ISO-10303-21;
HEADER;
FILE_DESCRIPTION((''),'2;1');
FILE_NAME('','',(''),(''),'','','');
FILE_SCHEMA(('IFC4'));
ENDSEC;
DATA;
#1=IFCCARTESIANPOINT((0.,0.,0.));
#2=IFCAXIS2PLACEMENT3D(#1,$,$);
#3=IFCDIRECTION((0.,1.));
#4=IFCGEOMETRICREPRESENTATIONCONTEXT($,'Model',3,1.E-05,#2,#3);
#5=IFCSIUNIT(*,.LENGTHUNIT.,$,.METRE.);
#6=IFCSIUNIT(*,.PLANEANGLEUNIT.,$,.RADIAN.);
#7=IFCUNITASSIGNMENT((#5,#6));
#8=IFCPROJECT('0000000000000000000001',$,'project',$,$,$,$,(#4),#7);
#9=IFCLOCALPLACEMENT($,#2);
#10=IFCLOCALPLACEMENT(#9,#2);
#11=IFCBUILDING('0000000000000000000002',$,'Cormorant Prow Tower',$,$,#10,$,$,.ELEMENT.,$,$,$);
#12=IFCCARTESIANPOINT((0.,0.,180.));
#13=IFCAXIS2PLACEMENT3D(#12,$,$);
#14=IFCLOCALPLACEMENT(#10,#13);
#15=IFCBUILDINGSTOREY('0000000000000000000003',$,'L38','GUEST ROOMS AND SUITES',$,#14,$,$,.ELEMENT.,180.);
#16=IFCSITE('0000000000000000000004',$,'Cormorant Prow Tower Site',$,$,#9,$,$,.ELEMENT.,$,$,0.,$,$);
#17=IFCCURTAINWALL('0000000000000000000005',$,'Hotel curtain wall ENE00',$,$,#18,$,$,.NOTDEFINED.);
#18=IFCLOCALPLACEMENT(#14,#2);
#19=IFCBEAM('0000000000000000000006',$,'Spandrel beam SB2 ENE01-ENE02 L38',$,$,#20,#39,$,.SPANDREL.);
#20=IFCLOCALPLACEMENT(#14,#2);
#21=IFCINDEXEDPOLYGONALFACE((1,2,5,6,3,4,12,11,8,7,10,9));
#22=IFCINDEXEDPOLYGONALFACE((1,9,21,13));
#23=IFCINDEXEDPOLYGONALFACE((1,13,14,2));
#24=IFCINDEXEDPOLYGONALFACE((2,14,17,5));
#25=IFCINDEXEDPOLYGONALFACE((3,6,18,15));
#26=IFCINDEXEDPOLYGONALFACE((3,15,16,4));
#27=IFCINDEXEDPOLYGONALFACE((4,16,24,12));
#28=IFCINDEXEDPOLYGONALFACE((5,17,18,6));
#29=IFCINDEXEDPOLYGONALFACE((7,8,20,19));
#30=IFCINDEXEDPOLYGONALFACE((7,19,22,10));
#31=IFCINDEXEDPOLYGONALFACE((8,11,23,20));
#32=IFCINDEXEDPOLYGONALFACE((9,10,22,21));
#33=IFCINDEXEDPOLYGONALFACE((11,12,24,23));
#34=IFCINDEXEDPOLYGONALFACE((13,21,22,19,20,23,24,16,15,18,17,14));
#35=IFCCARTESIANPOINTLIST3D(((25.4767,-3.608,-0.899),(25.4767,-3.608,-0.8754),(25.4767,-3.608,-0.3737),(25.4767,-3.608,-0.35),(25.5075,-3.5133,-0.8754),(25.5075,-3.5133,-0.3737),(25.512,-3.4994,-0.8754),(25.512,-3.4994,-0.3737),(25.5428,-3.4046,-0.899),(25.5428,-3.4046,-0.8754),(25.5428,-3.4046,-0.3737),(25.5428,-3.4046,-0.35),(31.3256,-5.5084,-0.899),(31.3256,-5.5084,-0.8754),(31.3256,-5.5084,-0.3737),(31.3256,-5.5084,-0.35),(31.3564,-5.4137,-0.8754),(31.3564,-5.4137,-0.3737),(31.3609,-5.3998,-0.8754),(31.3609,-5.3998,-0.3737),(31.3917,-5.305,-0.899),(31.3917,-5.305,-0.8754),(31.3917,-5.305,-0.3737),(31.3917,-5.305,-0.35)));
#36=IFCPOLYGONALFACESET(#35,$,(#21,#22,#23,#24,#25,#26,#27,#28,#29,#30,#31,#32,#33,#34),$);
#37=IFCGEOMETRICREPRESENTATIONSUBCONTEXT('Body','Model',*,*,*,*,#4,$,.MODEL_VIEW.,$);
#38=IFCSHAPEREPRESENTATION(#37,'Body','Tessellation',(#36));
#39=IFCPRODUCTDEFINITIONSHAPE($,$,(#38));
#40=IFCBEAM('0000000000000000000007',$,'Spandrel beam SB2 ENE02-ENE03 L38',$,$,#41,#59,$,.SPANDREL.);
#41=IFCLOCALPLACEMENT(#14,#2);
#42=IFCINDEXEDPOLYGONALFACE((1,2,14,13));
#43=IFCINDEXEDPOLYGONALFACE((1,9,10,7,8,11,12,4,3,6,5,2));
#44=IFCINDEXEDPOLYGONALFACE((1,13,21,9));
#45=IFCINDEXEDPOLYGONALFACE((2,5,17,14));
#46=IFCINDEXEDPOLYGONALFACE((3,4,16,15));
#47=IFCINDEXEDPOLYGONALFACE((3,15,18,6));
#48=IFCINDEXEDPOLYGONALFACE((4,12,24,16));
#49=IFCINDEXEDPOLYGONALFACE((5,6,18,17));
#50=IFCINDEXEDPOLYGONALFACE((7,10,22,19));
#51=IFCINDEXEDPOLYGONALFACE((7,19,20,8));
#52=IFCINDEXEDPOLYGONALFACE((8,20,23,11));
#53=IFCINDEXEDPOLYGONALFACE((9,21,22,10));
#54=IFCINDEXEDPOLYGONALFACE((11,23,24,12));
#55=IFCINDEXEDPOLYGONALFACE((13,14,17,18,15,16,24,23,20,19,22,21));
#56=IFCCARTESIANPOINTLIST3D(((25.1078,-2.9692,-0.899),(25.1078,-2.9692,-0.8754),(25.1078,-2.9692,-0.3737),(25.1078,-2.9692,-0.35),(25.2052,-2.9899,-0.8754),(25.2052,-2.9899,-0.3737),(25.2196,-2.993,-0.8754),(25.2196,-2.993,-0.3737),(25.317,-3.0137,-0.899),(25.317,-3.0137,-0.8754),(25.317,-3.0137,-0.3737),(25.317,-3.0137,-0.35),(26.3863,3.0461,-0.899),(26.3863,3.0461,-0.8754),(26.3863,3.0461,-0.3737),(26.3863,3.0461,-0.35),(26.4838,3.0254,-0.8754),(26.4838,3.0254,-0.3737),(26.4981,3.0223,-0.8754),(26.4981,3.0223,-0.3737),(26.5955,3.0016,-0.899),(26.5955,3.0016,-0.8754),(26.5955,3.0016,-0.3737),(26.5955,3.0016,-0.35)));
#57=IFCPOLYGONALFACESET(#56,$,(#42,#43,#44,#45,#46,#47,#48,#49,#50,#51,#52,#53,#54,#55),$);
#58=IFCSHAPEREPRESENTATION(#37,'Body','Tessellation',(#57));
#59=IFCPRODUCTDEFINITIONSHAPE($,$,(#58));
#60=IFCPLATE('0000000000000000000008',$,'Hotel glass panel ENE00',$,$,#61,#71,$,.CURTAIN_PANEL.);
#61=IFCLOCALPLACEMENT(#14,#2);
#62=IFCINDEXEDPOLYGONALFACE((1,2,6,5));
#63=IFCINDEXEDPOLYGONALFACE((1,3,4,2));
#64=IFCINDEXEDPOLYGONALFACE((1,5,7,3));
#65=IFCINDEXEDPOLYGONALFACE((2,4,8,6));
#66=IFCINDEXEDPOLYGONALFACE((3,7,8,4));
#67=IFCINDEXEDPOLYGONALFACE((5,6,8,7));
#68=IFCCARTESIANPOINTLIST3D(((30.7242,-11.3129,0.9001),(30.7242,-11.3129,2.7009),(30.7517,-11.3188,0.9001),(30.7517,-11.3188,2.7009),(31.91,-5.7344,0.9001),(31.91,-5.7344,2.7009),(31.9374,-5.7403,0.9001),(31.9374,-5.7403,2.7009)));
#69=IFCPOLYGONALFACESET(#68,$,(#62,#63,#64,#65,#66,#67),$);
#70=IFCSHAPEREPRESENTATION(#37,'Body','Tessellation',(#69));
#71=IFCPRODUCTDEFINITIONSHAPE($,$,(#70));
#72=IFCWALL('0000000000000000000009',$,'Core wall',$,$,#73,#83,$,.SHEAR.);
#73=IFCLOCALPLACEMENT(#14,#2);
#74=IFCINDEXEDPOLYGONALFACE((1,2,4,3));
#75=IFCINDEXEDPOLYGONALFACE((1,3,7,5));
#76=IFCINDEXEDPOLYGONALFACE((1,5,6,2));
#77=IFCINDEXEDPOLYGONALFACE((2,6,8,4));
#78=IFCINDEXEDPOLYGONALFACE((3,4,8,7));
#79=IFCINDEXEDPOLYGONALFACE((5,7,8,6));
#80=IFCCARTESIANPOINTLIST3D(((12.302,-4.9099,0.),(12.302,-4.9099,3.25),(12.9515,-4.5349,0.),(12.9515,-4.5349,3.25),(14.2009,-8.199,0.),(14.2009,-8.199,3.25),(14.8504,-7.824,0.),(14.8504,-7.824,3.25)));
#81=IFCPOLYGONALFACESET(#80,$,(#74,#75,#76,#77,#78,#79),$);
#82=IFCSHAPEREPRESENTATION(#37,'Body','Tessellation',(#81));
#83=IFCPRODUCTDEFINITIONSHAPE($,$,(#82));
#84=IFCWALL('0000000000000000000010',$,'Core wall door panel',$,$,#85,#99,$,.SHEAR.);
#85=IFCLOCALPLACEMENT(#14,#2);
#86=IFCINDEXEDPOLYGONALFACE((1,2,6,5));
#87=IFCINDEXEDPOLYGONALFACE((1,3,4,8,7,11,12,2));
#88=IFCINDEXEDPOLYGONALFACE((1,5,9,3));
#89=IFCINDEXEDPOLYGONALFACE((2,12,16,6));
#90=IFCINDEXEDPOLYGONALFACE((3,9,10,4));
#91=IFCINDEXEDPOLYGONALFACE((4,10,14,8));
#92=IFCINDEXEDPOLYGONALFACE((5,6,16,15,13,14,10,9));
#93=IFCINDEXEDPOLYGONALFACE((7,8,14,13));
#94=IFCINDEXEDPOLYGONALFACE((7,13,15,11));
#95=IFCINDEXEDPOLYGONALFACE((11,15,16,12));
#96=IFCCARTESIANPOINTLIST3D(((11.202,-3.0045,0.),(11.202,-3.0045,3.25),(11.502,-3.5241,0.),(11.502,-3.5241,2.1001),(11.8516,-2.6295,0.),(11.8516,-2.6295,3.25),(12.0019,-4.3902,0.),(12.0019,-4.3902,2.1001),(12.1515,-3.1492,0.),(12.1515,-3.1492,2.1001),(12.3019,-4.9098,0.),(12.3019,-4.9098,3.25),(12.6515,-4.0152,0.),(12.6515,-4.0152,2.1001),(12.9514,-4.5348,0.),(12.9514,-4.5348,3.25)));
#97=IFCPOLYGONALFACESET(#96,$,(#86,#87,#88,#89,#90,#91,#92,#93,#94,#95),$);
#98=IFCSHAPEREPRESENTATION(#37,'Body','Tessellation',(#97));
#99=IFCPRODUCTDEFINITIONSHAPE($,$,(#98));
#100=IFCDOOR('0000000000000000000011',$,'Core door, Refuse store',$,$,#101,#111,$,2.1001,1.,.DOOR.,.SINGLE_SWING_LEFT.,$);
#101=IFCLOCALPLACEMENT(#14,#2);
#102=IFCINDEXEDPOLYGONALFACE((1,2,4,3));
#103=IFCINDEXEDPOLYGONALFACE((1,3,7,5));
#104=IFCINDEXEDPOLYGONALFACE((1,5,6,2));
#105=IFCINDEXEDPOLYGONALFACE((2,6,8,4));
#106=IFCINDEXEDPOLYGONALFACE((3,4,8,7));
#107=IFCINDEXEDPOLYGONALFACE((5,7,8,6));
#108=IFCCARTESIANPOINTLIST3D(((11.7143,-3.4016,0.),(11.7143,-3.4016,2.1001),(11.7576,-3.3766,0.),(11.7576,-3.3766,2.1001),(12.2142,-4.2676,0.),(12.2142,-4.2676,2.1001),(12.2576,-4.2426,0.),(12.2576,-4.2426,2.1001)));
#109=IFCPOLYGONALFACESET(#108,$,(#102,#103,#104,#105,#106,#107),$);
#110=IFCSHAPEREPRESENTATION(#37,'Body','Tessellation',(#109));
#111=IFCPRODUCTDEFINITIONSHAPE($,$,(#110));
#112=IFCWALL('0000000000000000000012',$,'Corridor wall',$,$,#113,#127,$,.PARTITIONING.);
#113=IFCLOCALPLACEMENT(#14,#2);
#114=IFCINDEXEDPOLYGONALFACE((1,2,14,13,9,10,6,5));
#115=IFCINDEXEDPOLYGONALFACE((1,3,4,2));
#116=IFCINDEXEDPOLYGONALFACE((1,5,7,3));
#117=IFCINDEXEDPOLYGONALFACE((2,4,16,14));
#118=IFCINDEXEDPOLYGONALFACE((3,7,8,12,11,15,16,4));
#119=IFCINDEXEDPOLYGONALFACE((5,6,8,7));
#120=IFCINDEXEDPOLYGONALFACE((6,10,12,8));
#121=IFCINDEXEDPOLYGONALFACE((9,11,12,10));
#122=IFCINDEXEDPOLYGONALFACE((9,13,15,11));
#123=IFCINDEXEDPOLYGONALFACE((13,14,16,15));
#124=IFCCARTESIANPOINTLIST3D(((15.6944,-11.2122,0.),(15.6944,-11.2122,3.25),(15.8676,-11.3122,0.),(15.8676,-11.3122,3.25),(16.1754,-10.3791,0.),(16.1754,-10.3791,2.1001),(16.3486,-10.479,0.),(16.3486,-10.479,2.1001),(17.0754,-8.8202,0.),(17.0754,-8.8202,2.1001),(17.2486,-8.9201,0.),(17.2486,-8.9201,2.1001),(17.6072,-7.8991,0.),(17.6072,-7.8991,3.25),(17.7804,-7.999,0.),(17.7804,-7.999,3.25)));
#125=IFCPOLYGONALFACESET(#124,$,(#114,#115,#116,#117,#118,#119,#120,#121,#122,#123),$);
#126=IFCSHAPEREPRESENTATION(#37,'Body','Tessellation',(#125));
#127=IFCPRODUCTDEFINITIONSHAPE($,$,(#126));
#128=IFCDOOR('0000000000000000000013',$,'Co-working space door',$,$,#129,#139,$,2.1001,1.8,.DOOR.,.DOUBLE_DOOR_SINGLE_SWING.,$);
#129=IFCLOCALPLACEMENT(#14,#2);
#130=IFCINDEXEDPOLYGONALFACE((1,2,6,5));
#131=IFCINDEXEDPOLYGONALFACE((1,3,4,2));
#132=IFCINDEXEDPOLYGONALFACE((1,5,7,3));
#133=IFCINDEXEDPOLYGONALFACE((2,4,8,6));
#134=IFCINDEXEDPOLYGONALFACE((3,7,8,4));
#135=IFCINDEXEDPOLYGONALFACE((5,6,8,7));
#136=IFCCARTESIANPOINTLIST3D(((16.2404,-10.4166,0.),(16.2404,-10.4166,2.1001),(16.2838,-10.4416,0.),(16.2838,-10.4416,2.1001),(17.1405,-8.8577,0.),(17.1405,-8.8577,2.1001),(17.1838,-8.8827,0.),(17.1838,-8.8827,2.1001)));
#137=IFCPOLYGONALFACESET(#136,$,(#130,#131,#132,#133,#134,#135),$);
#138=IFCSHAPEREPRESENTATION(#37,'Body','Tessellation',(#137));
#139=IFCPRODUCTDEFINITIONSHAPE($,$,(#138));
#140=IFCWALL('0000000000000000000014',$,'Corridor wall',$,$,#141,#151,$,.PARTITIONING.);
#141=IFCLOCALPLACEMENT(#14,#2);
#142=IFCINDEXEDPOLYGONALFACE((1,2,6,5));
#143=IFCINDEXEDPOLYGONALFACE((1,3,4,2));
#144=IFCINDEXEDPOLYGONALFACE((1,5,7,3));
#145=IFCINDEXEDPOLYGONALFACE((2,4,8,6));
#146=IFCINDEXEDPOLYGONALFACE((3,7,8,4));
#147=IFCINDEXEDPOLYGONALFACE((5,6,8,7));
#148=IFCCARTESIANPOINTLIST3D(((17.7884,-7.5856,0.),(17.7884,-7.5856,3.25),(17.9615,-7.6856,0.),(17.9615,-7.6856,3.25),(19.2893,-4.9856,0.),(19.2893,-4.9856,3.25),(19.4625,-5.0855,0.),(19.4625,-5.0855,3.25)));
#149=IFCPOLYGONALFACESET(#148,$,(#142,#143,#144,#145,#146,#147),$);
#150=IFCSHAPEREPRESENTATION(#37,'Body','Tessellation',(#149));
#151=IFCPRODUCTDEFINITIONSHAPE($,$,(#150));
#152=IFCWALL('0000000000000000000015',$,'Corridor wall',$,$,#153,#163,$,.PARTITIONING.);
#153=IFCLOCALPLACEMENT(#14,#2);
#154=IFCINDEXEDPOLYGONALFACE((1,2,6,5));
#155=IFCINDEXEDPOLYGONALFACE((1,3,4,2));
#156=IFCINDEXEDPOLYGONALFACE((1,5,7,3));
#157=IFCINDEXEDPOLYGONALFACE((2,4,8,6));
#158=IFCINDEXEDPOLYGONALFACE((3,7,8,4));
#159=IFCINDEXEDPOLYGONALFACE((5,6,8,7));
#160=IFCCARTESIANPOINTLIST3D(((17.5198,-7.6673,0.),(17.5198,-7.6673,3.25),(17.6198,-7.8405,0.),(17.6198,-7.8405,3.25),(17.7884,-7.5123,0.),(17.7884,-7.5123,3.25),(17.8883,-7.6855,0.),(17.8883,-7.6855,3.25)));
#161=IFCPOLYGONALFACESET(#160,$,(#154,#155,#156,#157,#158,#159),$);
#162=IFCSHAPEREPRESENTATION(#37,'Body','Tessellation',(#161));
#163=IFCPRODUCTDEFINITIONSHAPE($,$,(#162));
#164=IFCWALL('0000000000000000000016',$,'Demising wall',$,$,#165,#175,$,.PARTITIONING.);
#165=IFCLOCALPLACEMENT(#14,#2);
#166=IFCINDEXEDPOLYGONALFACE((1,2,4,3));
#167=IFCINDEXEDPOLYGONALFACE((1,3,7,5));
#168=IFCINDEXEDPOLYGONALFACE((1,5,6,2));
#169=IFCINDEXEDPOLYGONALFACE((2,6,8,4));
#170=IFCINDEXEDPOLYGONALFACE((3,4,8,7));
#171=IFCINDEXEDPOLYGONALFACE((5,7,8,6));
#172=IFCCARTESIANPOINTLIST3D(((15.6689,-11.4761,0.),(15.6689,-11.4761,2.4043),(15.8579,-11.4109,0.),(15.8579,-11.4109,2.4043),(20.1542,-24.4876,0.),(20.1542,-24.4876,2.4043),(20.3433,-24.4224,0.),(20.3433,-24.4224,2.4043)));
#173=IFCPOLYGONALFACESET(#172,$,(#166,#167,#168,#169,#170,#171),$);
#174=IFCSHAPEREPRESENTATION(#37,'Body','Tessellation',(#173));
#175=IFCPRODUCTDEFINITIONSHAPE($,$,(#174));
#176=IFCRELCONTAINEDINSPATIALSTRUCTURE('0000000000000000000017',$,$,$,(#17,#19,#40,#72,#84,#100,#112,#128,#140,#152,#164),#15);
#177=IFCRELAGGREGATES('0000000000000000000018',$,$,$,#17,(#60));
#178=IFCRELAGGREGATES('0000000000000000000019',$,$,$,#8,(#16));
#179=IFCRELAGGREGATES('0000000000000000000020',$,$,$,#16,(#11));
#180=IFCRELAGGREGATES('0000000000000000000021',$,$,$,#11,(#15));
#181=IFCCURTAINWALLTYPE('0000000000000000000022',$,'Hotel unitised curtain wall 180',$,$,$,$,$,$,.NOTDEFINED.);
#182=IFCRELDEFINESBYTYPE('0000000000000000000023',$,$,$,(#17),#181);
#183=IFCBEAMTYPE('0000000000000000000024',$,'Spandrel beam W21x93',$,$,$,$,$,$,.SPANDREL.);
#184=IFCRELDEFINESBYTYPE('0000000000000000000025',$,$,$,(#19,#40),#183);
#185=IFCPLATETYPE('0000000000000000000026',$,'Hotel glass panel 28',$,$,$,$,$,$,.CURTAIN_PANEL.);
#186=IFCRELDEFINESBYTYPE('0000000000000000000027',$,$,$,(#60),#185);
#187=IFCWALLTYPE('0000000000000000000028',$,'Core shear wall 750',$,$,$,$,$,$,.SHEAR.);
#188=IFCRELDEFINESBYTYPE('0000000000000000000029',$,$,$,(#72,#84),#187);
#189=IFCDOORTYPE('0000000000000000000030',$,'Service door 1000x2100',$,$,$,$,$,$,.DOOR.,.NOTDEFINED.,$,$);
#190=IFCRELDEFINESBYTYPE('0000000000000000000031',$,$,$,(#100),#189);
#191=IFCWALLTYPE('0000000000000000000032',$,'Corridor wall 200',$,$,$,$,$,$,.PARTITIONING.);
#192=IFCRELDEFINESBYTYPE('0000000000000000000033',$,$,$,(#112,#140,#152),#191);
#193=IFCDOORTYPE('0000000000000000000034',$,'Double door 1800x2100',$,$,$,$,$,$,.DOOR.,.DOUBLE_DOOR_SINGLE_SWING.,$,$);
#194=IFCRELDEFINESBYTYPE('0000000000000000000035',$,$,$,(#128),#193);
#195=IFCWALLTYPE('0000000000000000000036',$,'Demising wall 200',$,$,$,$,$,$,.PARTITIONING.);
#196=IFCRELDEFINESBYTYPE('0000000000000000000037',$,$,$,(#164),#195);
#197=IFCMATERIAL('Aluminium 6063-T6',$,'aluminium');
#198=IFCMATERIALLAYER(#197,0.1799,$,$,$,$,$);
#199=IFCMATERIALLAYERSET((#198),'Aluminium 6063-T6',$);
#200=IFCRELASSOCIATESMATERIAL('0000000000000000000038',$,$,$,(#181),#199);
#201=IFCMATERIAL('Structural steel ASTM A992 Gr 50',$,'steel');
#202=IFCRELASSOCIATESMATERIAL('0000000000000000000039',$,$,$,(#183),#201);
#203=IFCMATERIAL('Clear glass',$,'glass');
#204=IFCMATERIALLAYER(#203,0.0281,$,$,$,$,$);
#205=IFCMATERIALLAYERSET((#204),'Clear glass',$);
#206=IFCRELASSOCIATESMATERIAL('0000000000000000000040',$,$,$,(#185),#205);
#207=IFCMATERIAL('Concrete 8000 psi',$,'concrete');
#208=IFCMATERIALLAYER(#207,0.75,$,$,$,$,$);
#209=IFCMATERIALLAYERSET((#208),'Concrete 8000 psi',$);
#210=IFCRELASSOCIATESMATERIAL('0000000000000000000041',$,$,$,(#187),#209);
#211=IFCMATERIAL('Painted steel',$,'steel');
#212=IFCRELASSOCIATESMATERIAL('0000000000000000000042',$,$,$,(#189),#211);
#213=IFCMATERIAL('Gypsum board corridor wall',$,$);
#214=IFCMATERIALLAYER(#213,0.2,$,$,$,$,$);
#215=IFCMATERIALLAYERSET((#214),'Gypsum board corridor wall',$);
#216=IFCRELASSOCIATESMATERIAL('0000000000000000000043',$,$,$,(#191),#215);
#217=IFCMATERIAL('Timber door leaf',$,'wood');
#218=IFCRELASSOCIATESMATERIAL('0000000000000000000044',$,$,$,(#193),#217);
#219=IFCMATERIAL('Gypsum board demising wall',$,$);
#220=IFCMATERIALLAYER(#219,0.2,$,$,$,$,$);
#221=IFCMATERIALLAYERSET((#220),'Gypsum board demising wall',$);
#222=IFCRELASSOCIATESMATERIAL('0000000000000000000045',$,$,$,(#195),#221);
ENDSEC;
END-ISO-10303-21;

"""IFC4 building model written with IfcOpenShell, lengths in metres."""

from ifc_helpers import new_model, si_unit, direction, frame, frame_2d, origin, origin_2d, place, context, subcontext, project, spatial, rectangle, i_section, extrude, material, layer, layer_set, material_profile, profile_set, type_object, element, fill, aggregate, save


model = new_model("IFC4")

# Units and contexts
model_context = context("Model", 3, precision=1e-05, world=origin(), true_north=direction((0.0, 1.0)))
body_context = subcontext(model_context, "Body", "Model", "MODEL_VIEW")
ifc_project = project(units=[si_unit("LENGTHUNIT", "METRE"), si_unit("PLANEANGLEUNIT", "RADIAN")], contexts=[model_context])

# Site, building, storey
site_placement = place(None, origin())
site = spatial("IfcSite", under=ifc_project, at=site_placement, Name="Cormorant Prow Tower Site", CompositionType="ELEMENT", RefElevation=0.0)
building_placement = place(site_placement, origin())
building = spatial("IfcBuilding", under=site, at=building_placement, Name="Cormorant Prow Tower", CompositionType="ELEMENT")
storey_placement = place(building_placement, frame((0.0, 0.0, 180.0)))
storey = spatial("IfcBuildingStorey", under=building, at=storey_placement, Name="L38", Description="GUEST ROOMS AND SUITES", CompositionType="ELEMENT", Elevation=180.0)

# Curtain wall
ifc_material_1 = material(Name="Aluminium 6063-T6", Category="aluminium")
ifc_layer_1 = layer(ifc_material_1, 0.1799)
ifc_layer_set_1 = layer_set([ifc_layer_1], Name="Aluminium 6063-T6")
curtain_wall_type = type_object("IfcCurtainWallType", Name="Hotel unitised curtain wall 180", PredefinedType="NOTDEFINED", material=ifc_layer_set_1)
curtain_wall_1_placement = place(storey_placement, origin())
curtain_wall_1 = element("IfcCurtainWall", 1, at=curtain_wall_1_placement, inside=storey, type_object=curtain_wall_type, Name="Hotel curtain wall ENE00", PredefinedType="NOTDEFINED")

# Beams
ifc_material_2 = material(Name="Structural steel ASTM A992 Gr 50", Category="steel")
ifc_material_profile_1 = material_profile(ifc_material_2, i_section(OverallWidth=0.2139, OverallDepth=0.5491, WebThickness=0.0146, FlangeThickness=0.0237, at=origin_2d()), Name="W21x93")
ifc_profile_set_1 = profile_set([ifc_material_profile_1], Name="Structural steel ASTM A992 Gr 50")
beam_type_1 = type_object("IfcBeamType", Name="Spandrel beam W21x93", PredefinedType="SPANDREL", material=ifc_profile_set_1)
beam_1_placement = place(storey_placement, frame((31.3586, -5.4067, -0.6245), z_axis=(-0.951058, 0.309013, 0.0), x_axis=(-0.309013, -0.951058, 0.0)))
element("IfcBeam", 2, at=beam_1_placement, inside=storey, type_object=beam_type_1, Name="Spandrel beam SB2 ENE01-ENE02 L38", PredefinedType="SPANDREL", context=body_context, shape_type="SweptSolid", body=[
    extrude(i_section(OverallWidth=0.2139, OverallDepth=0.5491, WebThickness=0.0146, FlangeThickness=0.0237, at=origin_2d()), origin(), (0.0, 0.0, 1.0), 6.1499),
])
beam_2_placement = place(storey_placement, frame((25.2124, -2.9915, -0.6245), z_axis=(0.207905, 0.978149, 0.0), x_axis=(-0.978149, 0.207905, 0.0)))
element("IfcBeam", 3, at=beam_2_placement, inside=storey, type_object=beam_type_1, Name="Spandrel beam SB2 ENE02-ENE03 L38", PredefinedType="SPANDREL", context=body_context, shape_type="SweptSolid", body=[
    extrude(i_section(OverallWidth=0.2139, OverallDepth=0.5491, WebThickness=0.0146, FlangeThickness=0.0237, at=origin_2d()), origin(), (0.0, 0.0, 1.0), 6.1497),
])

# Plate
ifc_material_3 = material(Name="Clear glass", Category="glass")
ifc_layer_2 = layer(ifc_material_3, 0.0281)
ifc_layer_set_2 = layer_set([ifc_layer_2], Name="Clear glass")
plate_type = type_object("IfcPlateType", Name="Hotel glass panel 28", PredefinedType="CURTAIN_PANEL", material=ifc_layer_set_2)
plate_placement = place(storey_placement, frame((31.3308, -8.5266, 0.9001), z_axis=(0.0, 0.0, 1.0), x_axis=(0.207912, 0.978148, 0.0)))
plate = element("IfcPlate", 4, at=plate_placement, type_object=plate_type, Name="Hotel glass panel ENE00", PredefinedType="CURTAIN_PANEL", context=body_context, shape_type="SweptSolid", body=[
    extrude(rectangle(XDim=5.7031, YDim=0.0281, at=origin_2d()), origin(), (0.0, 0.0, 1.0), 1.8008),
])
aggregate(curtain_wall_1, [plate])

# Wall
ifc_material_4 = material(Name="Concrete 8000 psi", Category="concrete")
ifc_layer_3 = layer(ifc_material_4, 0.75)
ifc_layer_set_3 = layer_set([ifc_layer_3], Name="Concrete 8000 psi")
wall_type_1 = type_object("IfcWallType", Name="Core shear wall 750", PredefinedType="SHEAR", material=ifc_layer_set_3)
wall_1_placement = place(storey_placement, frame((14.5256, -8.0115, 0.0), z_axis=(0.0, 0.0, 1.0), x_axis=(-0.499997, 0.866027, 0.0)))
element("IfcWall", 5, at=wall_1_placement, inside=storey, type_object=wall_type_1, Name="Core wall", PredefinedType="SHEAR", context=body_context, shape_type="SweptSolid", body=[
    extrude(rectangle(XDim=3.7979, YDim=0.75, at=frame_2d((1.8989, 0.0))), origin(), (0.0, 0.0, 1.0), 3.25),
])

# Walls, openings, doors
wall_2_placement = place(storey_placement, frame((12.6267, -4.7224, 0.0), z_axis=(0.0, 0.0, 1.0), x_axis=(-0.499947, 0.866056, 0.0)))
wall_2 = element("IfcWall", 6, at=wall_2_placement, inside=storey, type_object=wall_type_1, Name="Core wall door panel", PredefinedType="SHEAR", context=body_context, shape_type="SweptSolid", body=[
    extrude(rectangle(XDim=2.2, YDim=0.75, at=frame_2d((1.1001, 0.0))), origin(), (0.0, 0.0, 1.0), 3.25),
])
opening_1_placement = place(wall_2_placement, frame((0.6001, 0.0, 0.0)))
opening_1 = element("IfcOpeningElement", 7, at=opening_1_placement, cuts=wall_2, PredefinedType="OPENING", context=body_context, shape_type="SweptSolid", body=[
    extrude(rectangle(XDim=1.0, YDim=2.1001, at=frame_2d((0.5, 1.05))), frame((0.0, 0.385, 0.0), z_axis=(0.0, -1.0, 0.0), x_axis=(1.0, 0.0, 0.0)), (0.0, 0.0, 1.0), 0.77),
])
ifc_material_5 = material(Name="Painted steel", Category="steel")
door_type_1 = type_object("IfcDoorType", Name="Service door 1000x2100", OperationType="NOTDEFINED", PredefinedType="DOOR", material=ifc_material_5)
door_1_placement = place(opening_1_placement, origin())
door_1 = element("IfcDoor", 8, at=door_1_placement, inside=storey, type_object=door_type_1, Name="Core door, Refuse store", OperationType="SINGLE_SWING_LEFT", OverallHeight=2.1001, OverallWidth=1.0, PredefinedType="DOOR", context=body_context, shape_type="SweptSolid", body=[
    extrude(rectangle(XDim=1.0, YDim=2.1001, at=frame_2d((0.5, 1.05))), frame((0.0, 0.1299, 0.0), z_axis=(0.0, -1.0, 0.0), x_axis=(1.0, 0.0, 0.0)), (0.0, 0.0, 1.0), 0.05),
])
fill(opening_1, door_1)
ifc_material_6 = material(Name="Gypsum board corridor wall")
ifc_layer_4 = layer(ifc_material_6, 0.2)
ifc_layer_set_4 = layer_set([ifc_layer_4], Name="Gypsum board corridor wall")
wall_type_2 = type_object("IfcWallType", Name="Corridor wall 200", PredefinedType="PARTITIONING", material=ifc_layer_set_4)
wall_3_placement = place(storey_placement, frame((15.781, -11.2622, 0.0), z_axis=(0.0, 0.0, 1.0), x_axis=(0.499989, 0.866031, 0.0)))
wall_3 = element("IfcWall", 9, at=wall_3_placement, inside=storey, type_object=wall_type_2, Name="Corridor wall", PredefinedType="PARTITIONING", context=body_context, shape_type="SweptSolid", body=[
    extrude(rectangle(XDim=3.8257, YDim=0.2, at=frame_2d((1.9128, 0.0))), origin(), (0.0, 0.0, 1.0), 3.25),
])
opening_2_placement = place(wall_3_placement, frame((0.9622, 0.0, 0.0)))
opening_2 = element("IfcOpeningElement", 10, at=opening_2_placement, cuts=wall_3, PredefinedType="OPENING", context=body_context, shape_type="SweptSolid", body=[
    extrude(rectangle(XDim=1.8, YDim=2.1001, at=frame_2d((0.8999, 1.05))), frame((0.0, 0.1099, 0.0), z_axis=(0.0, -1.0, 0.0), x_axis=(1.0, 0.0, 0.0)), (0.0, 0.0, 1.0), 0.22),
])
ifc_material_7 = material(Name="Timber door leaf", Category="wood")
door_type_2 = type_object("IfcDoorType", Name="Double door 1800x2100", OperationType="DOUBLE_DOOR_SINGLE_SWING", PredefinedType="DOOR", material=ifc_material_7)
door_2_placement = place(opening_2_placement, origin())
door_2 = element("IfcDoor", 11, at=door_2_placement, inside=storey, type_object=door_type_2, Name="Co-working space door", OperationType="DOUBLE_DOOR_SINGLE_SWING", OverallHeight=2.1001, OverallWidth=1.8, PredefinedType="DOOR", context=body_context, shape_type="SweptSolid", body=[
    extrude(rectangle(XDim=1.8, YDim=2.1001, at=frame_2d((0.8999, 1.05))), frame((0.0, 0.0249, 0.0), z_axis=(0.0, -1.0, 0.0), x_axis=(1.0, 0.0, 0.0)), (0.0, 0.0, 1.0), 0.05),
])
fill(opening_2, door_2)

# Walls
wall_4_placement = place(storey_placement, frame((17.875, -7.6355, 0.0), z_axis=(0.0, 0.0, 1.0), x_axis=(0.499952, 0.866053, 0.0)))
element("IfcWall", 12, at=wall_4_placement, inside=storey, type_object=wall_type_2, Name="Corridor wall", PredefinedType="PARTITIONING", context=body_context, shape_type="SweptSolid", body=[
    extrude(rectangle(XDim=3.0022, YDim=0.2, at=frame_2d((1.501, 0.0))), origin(), (0.0, 0.0, 1.0), 3.25),
])
wall_5_placement = place(storey_placement, frame((17.5698, -7.7539, 0.0), z_axis=(0.0, 0.0, 1.0), x_axis=(0.866054, 0.49995, 0.0)))
element("IfcWall", 13, at=wall_5_placement, inside=storey, type_object=wall_type_2, Name="Corridor wall", PredefinedType="PARTITIONING", context=body_context, shape_type="SweptSolid", body=[
    extrude(rectangle(XDim=0.3101, YDim=0.2, at=frame_2d((0.155, 0.0))), origin(), (0.0, 0.0, 1.0), 3.25),
])
ifc_material_8 = material(Name="Gypsum board demising wall")
ifc_layer_5 = layer(ifc_material_8, 0.2)
ifc_layer_set_5 = layer_set([ifc_layer_5], Name="Gypsum board demising wall")
wall_type_3 = type_object("IfcWallType", Name="Demising wall 200", PredefinedType="PARTITIONING", material=ifc_layer_set_5)
wall_6_placement = place(storey_placement, frame((15.7634, -11.4436, 0.0), z_axis=(0.0, 0.0, 1.0), x_axis=(0.325902, -0.945404, 0.0)))
element("IfcWall", 14, at=wall_6_placement, inside=storey, type_object=wall_type_3, Name="Demising wall", PredefinedType="PARTITIONING", context=body_context, shape_type="SweptSolid", body=[
    extrude(rectangle(XDim=13.7629, YDim=0.2, at=frame_2d((6.8813, 0.0))), origin(), (0.0, 0.0, 1.0), 2.4043),
])

save(model, "model.ifc")
